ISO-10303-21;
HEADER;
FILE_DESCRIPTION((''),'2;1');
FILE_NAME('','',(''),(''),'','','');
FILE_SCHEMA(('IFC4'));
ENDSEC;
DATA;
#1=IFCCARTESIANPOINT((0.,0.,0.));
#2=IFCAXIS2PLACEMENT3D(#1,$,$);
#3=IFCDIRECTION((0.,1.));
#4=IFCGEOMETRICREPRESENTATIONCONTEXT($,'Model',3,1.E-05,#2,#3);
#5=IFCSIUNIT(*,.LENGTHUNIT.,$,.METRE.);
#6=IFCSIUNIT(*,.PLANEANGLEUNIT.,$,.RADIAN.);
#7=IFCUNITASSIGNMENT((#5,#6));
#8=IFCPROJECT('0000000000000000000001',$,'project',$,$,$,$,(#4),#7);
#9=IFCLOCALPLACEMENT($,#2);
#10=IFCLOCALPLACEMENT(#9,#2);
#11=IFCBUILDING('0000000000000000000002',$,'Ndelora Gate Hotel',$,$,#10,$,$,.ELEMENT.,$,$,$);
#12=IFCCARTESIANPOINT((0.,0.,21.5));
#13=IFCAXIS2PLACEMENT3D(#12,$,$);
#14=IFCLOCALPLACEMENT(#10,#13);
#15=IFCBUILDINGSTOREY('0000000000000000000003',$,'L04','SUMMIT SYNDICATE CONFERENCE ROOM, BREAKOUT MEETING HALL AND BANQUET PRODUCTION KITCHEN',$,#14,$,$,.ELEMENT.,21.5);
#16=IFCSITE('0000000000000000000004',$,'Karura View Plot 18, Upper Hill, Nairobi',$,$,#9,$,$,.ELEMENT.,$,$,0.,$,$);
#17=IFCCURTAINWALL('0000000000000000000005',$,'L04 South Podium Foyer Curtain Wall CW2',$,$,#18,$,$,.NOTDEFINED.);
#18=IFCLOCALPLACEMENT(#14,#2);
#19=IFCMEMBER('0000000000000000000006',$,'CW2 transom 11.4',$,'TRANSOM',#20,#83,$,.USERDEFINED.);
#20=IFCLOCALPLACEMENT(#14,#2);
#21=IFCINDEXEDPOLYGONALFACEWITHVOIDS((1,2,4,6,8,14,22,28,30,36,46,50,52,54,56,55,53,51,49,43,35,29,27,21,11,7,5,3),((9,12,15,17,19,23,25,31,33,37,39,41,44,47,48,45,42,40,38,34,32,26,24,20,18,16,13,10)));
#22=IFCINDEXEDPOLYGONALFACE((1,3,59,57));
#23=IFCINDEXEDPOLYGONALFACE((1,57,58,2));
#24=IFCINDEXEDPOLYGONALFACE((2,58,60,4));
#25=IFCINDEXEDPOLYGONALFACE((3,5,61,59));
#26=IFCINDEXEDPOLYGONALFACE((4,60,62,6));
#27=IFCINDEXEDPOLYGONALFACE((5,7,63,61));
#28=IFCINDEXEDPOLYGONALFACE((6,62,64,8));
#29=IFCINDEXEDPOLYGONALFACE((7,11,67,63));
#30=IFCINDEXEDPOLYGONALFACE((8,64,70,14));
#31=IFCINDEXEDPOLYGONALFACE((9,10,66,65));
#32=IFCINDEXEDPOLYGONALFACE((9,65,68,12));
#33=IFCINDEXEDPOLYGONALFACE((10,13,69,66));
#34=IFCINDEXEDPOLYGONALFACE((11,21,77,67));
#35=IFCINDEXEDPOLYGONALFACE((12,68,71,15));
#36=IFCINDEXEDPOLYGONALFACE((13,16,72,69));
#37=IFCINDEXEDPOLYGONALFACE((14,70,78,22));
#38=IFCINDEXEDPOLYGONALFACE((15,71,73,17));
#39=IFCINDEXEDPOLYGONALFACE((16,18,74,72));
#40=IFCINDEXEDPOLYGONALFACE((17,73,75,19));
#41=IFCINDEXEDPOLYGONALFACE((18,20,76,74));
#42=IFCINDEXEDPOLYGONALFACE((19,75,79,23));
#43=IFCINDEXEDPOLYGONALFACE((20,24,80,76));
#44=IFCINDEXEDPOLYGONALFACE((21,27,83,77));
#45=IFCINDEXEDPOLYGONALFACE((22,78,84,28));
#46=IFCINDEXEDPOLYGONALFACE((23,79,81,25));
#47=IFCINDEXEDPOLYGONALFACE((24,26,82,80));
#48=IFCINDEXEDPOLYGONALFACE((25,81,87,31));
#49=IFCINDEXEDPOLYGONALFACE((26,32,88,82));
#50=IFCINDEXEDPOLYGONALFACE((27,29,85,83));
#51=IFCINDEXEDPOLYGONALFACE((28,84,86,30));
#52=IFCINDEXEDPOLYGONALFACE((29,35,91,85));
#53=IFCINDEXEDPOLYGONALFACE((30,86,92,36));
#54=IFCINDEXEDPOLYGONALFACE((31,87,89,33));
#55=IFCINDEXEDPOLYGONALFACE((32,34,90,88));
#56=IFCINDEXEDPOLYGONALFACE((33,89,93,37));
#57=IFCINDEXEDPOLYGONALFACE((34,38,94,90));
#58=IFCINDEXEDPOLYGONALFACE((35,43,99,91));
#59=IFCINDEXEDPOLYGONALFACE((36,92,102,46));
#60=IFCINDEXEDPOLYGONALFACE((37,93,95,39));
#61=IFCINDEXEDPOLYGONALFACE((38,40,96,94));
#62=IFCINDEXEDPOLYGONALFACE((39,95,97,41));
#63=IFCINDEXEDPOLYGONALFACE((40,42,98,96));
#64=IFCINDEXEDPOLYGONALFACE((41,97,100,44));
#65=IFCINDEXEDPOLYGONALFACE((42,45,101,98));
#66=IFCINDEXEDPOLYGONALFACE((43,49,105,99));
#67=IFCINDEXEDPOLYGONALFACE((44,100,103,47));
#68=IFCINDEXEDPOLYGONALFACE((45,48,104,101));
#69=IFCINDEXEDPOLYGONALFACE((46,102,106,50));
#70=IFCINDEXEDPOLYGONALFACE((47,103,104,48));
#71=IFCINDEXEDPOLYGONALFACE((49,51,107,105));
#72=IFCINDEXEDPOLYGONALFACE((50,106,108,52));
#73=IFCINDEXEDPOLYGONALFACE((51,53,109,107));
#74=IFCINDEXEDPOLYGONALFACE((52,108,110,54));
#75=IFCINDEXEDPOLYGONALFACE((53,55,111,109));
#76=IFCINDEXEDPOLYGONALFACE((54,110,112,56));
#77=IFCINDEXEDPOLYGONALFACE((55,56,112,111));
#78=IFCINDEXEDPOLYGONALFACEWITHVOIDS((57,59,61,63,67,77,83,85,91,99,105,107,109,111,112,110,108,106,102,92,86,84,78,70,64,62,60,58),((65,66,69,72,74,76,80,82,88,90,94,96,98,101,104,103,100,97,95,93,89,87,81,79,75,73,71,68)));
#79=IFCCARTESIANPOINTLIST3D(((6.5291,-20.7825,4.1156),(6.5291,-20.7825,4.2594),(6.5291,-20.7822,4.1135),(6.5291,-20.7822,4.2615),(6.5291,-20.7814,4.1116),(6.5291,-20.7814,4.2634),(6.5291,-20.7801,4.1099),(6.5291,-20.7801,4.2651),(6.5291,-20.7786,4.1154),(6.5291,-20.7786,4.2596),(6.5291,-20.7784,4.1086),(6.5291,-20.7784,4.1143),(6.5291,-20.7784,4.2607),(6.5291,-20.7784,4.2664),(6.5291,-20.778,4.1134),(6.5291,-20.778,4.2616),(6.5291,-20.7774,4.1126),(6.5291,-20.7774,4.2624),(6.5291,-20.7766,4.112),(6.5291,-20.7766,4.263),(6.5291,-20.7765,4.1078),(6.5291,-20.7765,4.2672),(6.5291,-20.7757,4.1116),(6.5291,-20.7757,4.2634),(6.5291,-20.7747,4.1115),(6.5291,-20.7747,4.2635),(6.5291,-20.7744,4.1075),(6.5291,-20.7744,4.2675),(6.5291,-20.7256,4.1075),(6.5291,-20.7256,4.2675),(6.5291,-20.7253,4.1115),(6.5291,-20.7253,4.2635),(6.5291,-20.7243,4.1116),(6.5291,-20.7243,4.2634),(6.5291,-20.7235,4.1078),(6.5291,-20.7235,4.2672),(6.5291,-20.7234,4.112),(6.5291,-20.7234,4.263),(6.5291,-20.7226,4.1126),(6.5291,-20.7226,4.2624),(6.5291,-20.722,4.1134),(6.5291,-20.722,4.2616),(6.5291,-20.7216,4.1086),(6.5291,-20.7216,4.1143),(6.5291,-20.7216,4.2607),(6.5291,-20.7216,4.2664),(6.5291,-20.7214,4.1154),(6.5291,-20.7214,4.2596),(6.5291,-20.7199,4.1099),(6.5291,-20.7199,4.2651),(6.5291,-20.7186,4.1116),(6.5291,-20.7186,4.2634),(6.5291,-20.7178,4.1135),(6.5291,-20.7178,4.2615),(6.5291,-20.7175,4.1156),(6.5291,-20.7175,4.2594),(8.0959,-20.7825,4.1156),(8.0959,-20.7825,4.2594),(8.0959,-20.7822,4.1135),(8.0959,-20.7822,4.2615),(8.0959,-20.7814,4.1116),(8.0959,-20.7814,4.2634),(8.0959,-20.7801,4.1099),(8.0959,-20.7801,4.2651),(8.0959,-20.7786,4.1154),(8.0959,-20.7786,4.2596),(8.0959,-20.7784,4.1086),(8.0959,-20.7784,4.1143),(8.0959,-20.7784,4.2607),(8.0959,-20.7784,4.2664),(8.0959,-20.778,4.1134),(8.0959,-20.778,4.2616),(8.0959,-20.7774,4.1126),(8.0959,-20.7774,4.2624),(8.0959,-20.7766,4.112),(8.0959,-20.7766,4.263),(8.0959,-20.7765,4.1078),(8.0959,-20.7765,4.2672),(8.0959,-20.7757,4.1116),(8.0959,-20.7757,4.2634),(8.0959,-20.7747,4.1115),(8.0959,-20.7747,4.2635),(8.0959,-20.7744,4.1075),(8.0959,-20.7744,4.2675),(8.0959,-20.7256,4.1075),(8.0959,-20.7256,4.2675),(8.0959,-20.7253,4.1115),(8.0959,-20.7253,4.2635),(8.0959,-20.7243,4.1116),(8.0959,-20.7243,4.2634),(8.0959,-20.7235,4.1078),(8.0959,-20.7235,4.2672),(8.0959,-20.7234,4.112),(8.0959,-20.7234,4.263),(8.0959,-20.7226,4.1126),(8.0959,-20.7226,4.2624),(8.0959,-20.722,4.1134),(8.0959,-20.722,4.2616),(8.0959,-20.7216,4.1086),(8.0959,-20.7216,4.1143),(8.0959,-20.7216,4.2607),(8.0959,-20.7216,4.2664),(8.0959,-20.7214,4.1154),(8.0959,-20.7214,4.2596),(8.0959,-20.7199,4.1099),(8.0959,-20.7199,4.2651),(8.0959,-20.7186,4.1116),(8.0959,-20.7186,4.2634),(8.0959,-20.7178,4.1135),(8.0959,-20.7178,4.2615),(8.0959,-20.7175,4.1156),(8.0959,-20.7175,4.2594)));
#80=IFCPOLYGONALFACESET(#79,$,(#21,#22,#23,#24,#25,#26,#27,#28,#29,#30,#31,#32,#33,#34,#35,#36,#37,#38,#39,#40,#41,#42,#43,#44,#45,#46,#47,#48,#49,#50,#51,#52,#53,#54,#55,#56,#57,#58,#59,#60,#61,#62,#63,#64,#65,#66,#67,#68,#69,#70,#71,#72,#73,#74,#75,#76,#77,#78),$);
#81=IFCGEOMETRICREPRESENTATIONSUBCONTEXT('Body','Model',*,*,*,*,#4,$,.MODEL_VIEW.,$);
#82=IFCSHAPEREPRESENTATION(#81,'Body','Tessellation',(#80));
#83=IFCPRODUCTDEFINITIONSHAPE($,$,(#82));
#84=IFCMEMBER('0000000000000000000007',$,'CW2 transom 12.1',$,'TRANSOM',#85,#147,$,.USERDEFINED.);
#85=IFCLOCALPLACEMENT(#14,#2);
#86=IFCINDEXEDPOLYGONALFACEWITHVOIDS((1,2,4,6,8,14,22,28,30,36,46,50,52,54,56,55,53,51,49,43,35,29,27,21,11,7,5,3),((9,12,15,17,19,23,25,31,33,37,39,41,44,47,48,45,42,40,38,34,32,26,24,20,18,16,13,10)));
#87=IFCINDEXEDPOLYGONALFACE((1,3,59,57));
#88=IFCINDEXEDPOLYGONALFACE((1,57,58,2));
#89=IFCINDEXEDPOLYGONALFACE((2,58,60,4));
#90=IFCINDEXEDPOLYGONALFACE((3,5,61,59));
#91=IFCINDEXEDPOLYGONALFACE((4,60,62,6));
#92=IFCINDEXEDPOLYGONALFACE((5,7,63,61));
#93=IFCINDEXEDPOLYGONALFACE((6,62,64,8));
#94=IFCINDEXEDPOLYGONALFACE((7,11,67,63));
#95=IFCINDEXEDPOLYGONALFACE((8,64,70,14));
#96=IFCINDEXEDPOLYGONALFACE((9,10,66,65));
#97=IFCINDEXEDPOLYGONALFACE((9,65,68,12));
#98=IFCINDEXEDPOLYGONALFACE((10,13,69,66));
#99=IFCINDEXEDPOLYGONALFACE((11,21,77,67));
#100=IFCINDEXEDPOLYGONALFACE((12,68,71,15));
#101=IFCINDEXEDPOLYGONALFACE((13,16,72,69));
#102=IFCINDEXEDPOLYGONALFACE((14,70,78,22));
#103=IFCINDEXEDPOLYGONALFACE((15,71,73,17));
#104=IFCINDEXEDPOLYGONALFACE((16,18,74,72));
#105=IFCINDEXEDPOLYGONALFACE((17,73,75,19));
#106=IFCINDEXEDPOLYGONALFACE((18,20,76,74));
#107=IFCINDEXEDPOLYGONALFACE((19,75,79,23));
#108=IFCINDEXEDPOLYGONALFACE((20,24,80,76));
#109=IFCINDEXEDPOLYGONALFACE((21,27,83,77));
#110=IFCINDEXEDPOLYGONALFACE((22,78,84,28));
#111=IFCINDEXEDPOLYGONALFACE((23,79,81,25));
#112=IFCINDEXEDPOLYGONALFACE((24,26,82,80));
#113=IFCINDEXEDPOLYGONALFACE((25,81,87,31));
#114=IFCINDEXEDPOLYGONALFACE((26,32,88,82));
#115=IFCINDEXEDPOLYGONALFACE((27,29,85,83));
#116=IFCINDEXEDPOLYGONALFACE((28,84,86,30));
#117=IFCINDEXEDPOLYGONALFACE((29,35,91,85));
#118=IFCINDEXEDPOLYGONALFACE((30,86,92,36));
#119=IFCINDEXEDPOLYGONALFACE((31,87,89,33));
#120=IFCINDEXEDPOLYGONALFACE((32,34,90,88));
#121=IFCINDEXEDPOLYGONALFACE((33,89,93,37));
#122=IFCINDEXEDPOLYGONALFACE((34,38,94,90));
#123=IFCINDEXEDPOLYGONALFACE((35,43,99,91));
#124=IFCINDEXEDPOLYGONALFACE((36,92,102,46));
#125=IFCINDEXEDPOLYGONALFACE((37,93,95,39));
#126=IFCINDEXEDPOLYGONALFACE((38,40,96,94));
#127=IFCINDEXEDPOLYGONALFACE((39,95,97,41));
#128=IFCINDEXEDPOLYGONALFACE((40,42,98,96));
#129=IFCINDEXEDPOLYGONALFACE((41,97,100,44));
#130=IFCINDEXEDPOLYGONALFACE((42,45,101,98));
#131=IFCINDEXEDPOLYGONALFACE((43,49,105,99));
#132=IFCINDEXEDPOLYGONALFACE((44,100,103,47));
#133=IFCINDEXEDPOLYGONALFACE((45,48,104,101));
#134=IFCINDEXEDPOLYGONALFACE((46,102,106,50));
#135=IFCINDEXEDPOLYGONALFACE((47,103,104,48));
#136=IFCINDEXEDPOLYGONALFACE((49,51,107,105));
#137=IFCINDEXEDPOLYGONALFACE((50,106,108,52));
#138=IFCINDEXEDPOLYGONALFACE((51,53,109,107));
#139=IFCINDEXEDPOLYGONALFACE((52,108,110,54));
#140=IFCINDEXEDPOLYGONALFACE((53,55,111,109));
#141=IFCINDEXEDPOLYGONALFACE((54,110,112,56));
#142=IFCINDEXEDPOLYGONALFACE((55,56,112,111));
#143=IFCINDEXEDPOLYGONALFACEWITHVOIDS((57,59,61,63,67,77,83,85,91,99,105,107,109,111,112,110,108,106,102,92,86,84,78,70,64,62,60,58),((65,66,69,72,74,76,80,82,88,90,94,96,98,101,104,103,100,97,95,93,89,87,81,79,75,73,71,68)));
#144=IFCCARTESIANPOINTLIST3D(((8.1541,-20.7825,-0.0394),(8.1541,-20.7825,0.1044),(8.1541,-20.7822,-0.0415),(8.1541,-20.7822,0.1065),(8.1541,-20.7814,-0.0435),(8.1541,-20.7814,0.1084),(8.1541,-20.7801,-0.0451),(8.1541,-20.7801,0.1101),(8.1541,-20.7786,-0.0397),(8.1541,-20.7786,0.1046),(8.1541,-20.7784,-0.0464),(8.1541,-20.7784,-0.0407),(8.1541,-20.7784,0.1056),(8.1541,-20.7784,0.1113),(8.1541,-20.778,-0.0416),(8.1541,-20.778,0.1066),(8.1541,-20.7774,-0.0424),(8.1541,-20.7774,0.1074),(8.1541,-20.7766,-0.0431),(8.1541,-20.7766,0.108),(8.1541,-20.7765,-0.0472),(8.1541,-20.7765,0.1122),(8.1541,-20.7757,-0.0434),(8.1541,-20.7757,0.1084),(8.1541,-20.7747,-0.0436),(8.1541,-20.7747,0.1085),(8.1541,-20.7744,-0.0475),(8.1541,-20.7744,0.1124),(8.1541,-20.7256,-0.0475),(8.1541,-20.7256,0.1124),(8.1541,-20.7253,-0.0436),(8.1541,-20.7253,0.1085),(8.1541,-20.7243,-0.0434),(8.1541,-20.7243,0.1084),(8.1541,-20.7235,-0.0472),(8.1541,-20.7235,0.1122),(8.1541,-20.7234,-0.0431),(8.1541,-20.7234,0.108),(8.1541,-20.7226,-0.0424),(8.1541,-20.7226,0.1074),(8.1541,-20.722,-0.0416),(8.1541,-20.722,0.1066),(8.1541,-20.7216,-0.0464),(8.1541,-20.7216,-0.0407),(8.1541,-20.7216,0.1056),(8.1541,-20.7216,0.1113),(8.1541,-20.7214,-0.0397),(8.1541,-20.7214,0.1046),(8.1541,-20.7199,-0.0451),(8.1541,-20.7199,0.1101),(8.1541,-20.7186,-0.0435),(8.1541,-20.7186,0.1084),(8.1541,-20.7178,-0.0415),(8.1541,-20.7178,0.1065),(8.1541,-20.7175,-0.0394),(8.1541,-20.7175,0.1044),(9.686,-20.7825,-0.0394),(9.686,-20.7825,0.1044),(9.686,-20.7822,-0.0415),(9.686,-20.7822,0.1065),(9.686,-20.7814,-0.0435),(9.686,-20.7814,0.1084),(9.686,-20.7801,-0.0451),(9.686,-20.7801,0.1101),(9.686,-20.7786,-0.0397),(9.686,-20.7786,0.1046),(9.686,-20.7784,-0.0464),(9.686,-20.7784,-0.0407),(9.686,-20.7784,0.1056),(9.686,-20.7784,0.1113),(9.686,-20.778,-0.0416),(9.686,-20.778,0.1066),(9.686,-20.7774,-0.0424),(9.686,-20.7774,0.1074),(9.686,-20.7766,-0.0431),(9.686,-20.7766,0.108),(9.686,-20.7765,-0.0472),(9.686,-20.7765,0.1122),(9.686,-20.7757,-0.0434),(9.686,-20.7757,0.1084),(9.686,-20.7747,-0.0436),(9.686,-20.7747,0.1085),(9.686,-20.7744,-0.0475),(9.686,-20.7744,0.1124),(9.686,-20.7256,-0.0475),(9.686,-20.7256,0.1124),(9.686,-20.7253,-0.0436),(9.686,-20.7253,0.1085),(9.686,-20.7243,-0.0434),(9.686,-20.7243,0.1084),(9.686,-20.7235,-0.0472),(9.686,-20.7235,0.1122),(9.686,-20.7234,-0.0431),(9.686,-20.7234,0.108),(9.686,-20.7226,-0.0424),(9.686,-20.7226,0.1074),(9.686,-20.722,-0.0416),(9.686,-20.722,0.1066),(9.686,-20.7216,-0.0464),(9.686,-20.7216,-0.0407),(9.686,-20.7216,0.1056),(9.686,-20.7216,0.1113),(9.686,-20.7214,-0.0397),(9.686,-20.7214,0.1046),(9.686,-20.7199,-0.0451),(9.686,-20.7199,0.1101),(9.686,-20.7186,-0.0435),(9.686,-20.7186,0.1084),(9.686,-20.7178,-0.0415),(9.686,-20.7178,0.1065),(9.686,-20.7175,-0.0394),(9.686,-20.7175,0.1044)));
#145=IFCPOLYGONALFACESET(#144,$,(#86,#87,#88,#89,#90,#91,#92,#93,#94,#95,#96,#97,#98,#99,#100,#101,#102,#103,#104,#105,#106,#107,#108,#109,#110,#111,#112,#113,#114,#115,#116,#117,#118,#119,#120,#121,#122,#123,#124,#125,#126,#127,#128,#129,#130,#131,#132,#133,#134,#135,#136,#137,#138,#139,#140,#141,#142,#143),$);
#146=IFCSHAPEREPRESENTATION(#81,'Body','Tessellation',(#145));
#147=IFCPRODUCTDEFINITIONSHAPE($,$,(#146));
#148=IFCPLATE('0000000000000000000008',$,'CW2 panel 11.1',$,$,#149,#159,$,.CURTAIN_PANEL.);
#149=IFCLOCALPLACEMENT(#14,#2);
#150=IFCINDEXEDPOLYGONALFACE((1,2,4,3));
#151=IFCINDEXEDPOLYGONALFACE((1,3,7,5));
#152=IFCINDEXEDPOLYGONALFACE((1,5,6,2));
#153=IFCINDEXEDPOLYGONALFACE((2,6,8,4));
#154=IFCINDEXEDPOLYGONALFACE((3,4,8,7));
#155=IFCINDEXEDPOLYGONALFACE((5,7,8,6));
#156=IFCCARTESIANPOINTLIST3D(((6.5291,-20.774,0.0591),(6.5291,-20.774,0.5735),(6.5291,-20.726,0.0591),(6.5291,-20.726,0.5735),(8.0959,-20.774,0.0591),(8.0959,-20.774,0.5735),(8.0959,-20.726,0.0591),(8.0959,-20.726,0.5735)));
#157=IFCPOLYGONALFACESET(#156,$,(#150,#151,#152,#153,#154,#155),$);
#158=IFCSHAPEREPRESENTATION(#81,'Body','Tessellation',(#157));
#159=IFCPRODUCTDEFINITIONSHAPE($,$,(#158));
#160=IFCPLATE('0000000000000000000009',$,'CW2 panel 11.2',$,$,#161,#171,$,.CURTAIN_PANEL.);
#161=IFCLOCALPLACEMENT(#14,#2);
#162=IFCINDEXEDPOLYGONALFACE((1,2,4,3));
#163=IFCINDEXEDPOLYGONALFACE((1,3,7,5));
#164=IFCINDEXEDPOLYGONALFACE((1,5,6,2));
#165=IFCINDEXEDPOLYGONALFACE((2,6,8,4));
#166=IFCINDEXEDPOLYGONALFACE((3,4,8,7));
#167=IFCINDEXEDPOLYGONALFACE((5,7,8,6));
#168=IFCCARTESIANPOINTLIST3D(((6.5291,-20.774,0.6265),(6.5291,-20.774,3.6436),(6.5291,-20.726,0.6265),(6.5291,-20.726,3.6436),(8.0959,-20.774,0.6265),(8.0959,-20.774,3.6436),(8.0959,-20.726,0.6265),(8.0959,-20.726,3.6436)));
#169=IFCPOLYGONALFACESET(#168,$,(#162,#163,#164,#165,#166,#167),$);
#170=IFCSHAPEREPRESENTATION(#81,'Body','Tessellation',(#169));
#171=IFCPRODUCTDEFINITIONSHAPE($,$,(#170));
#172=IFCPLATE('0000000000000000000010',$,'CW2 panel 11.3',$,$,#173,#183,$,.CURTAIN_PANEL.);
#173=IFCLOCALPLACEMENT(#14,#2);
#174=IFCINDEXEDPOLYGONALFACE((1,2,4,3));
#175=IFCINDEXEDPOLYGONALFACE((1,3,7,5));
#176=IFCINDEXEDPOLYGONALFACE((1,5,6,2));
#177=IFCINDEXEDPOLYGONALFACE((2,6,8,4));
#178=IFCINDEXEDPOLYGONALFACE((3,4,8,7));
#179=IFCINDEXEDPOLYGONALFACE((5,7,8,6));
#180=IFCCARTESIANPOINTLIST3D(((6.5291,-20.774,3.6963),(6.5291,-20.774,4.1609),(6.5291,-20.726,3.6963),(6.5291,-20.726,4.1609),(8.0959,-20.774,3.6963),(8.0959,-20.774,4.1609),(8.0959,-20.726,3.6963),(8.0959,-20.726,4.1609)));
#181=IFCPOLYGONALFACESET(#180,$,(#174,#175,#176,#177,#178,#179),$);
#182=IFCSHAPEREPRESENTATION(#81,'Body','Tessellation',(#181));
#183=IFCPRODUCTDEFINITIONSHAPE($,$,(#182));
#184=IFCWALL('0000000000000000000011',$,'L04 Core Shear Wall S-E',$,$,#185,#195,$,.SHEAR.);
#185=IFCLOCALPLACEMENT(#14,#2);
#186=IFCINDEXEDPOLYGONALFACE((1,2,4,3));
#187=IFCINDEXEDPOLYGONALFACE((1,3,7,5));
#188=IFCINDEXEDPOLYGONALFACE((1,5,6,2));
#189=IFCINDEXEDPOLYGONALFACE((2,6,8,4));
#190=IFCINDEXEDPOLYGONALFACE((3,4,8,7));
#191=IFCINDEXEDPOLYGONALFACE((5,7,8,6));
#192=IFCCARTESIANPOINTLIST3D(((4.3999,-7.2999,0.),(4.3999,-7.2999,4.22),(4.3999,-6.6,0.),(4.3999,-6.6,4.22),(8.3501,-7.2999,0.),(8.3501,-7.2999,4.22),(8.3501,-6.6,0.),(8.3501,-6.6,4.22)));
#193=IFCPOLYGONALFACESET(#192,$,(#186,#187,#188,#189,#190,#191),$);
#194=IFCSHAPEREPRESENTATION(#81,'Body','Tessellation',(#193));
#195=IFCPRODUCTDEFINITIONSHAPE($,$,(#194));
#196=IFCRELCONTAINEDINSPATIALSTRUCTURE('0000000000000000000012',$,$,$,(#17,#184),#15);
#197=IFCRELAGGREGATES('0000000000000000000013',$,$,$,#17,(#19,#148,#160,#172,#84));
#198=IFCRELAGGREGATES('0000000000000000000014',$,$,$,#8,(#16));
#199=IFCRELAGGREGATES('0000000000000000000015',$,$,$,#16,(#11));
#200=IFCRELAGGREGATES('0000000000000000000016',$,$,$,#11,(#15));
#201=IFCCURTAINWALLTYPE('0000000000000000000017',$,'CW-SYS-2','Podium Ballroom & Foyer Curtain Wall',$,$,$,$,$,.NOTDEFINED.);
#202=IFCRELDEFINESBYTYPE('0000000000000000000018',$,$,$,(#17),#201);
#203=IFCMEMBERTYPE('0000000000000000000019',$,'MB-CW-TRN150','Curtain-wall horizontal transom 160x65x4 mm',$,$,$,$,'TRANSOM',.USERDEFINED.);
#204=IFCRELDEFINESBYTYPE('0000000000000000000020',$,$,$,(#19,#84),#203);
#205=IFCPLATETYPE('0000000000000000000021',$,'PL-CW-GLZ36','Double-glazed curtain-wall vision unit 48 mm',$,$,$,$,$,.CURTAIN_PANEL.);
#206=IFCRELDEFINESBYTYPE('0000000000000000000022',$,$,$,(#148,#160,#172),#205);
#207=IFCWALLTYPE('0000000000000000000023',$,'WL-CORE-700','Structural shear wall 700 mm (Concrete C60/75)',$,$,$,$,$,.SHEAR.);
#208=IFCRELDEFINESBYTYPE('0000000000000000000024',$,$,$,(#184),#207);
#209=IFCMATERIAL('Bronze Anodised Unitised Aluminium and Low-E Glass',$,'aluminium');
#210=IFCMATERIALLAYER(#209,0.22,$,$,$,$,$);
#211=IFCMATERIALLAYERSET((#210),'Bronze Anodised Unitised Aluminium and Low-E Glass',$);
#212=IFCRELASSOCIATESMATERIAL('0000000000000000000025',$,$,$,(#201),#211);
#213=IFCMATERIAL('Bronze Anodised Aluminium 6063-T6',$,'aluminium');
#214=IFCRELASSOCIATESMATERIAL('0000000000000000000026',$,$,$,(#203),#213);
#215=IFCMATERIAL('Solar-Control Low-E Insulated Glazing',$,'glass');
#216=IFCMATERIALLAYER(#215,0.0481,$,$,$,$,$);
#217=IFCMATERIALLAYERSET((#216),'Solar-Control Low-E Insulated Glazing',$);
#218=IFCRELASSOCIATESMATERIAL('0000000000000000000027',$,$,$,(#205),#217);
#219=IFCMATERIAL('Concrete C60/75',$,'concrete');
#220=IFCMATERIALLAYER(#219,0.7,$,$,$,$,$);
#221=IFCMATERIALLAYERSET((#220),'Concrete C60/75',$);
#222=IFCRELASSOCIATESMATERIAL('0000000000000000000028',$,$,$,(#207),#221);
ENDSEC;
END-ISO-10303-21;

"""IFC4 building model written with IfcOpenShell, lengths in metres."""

from ifc_helpers import new_model, si_unit, direction, frame, frame_2d, origin, origin_2d, place, context, subcontext, project, spatial, rectangle, hollow_rectangle, extrude, material, layer, layer_set, material_profile, profile_set, type_object, element, aggregate, save


model = new_model("IFC4")

# Units and contexts
model_context = context("Model", 3, precision=1e-05, world=origin(), true_north=direction((0.0, 1.0)))
body_context = subcontext(model_context, "Body", "Model", "MODEL_VIEW")
ifc_project = project(units=[si_unit("LENGTHUNIT", "METRE"), si_unit("PLANEANGLEUNIT", "RADIAN")], contexts=[model_context])

# Site, building, storey
site_placement = place(None, origin())
site = spatial("IfcSite", under=ifc_project, at=site_placement, Name="Karura View Plot 18, Upper Hill, Nairobi", CompositionType="ELEMENT", RefElevation=0.0)
building_placement = place(site_placement, origin())
building = spatial("IfcBuilding", under=site, at=building_placement, Name="Ndelora Gate Hotel", CompositionType="ELEMENT")
storey_placement = place(building_placement, frame((0.0, 0.0, 21.5)))
storey = spatial("IfcBuildingStorey", under=building, at=storey_placement, Name="L04", Description="SUMMIT SYNDICATE CONFERENCE ROOM, BREAKOUT MEETING HALL AND BANQUET PRODUCTION KITCHEN", CompositionType="ELEMENT", Elevation=21.5)

# Shared definitions
ifc_material_1 = material(Name="Concrete C60/75", Category="concrete")

# Curtain wall, members, plates
ifc_material_2 = material(Name="Bronze Anodised Unitised Aluminium and Low-E Glass", Category="aluminium")
ifc_layer_1 = layer(ifc_material_2, 0.22)
ifc_layer_set_1 = layer_set([ifc_layer_1], Name="Bronze Anodised Unitised Aluminium and Low-E Glass")
curtain_wall_type = type_object("IfcCurtainWallType", Name="CW-SYS-2", Description="Podium Ballroom & Foyer Curtain Wall", PredefinedType="NOTDEFINED", material=ifc_layer_set_1)
curtain_wall_placement = place(storey_placement, origin())
curtain_wall = element("IfcCurtainWall", 1, at=curtain_wall_placement, inside=storey, type_object=curtain_wall_type, Name="L04 South Podium Foyer Curtain Wall CW2", PredefinedType="NOTDEFINED")
ifc_material_3 = material(Name="Bronze Anodised Aluminium 6063-T6", Category="aluminium")
ifc_material_profile_1 = material_profile(ifc_material_3, hollow_rectangle(XDim=0.0649, YDim=0.1599, WallThickness=0.0039, InnerFilletRadius=0.0039, OuterFilletRadius=0.0081, at=origin_2d()), Name="ALU 160x65x4")
ifc_profile_set_1 = profile_set([ifc_material_profile_1], Name="Bronze Anodised Aluminium 6063-T6")
member_type_1 = type_object("IfcMemberType", Name="MB-CW-TRN150", Description="Curtain-wall horizontal transom 160x65x4 mm", ElementType="TRANSOM", PredefinedType="USERDEFINED", material=ifc_profile_set_1)
member_1_placement = place(storey_placement, frame((6.5291, -20.75, 4.1875), z_axis=(1.0, 0.0, 0.0), x_axis=(0.0, 1.0, 0.0)))
member_1 = element("IfcMember", 2, at=member_1_placement, type_object=member_type_1, Name="CW2 transom 11.4", ObjectType="TRANSOM", PredefinedType="USERDEFINED", context=body_context, shape_type="SweptSolid", body=[
    extrude(hollow_rectangle(XDim=0.0649, YDim=0.1599, WallThickness=0.0039, InnerFilletRadius=0.0039, OuterFilletRadius=0.0081, at=origin_2d()), origin(), (0.0, 0.0, 1.0), 1.5669),
])
member_2_placement = place(storey_placement, frame((8.1541, -20.75, 0.0325), z_axis=(1.0, 0.0, 0.0), x_axis=(0.0, 1.0, 0.0)))
member_2 = element("IfcMember", 3, at=member_2_placement, type_object=member_type_1, Name="CW2 transom 12.1", ObjectType="TRANSOM", PredefinedType="USERDEFINED", context=body_context, shape_type="SweptSolid", body=[
    extrude(hollow_rectangle(XDim=0.0649, YDim=0.1599, WallThickness=0.0039, InnerFilletRadius=0.0039, OuterFilletRadius=0.0081, at=origin_2d()), origin(), (0.0, 0.0, 1.0), 1.532),
])
ifc_material_4 = material(Name="Solar-Control Low-E Insulated Glazing", Category="glass")
ifc_layer_2 = layer(ifc_material_4, 0.0481)
ifc_layer_set_2 = layer_set([ifc_layer_2], Name="Solar-Control Low-E Insulated Glazing")
plate_type = type_object("IfcPlateType", Name="PL-CW-GLZ36", Description="Double-glazed curtain-wall vision unit 48 mm", PredefinedType="CURTAIN_PANEL", material=ifc_layer_set_2)
plate_1_placement = place(storey_placement, frame((7.3125, -20.75, 0.0591), z_axis=(0.0, 0.0, 1.0), x_axis=(1.0, 0.0, 0.0)))
plate_1 = element("IfcPlate", 4, at=plate_1_placement, type_object=plate_type, Name="CW2 panel 11.1", PredefinedType="CURTAIN_PANEL", context=body_context, shape_type="SweptSolid", body=[
    extrude(rectangle(XDim=1.5669, YDim=0.0481, at=origin_2d()), origin(), (0.0, 0.0, 1.0), 0.5144),
])
plate_2_placement = place(storey_placement, frame((7.3125, -20.75, 0.6265), z_axis=(0.0, 0.0, 1.0), x_axis=(1.0, 0.0, 0.0)))
plate_2 = element("IfcPlate", 5, at=plate_2_placement, type_object=plate_type, Name="CW2 panel 11.2", PredefinedType="CURTAIN_PANEL", context=body_context, shape_type="SweptSolid", body=[
    extrude(rectangle(XDim=1.5669, YDim=0.0481, at=origin_2d()), origin(), (0.0, 0.0, 1.0), 3.0171),
])
plate_3_placement = place(storey_placement, frame((7.3125, -20.75, 3.6963), z_axis=(0.0, 0.0, 1.0), x_axis=(1.0, 0.0, 0.0)))
plate_3 = element("IfcPlate", 6, at=plate_3_placement, type_object=plate_type, Name="CW2 panel 11.3", PredefinedType="CURTAIN_PANEL", context=body_context, shape_type="SweptSolid", body=[
    extrude(rectangle(XDim=1.5669, YDim=0.0481, at=origin_2d()), origin(), (0.0, 0.0, 1.0), 0.4646),
])
aggregate(curtain_wall, [member_1, plate_1, plate_2, plate_3, member_2])

# Wall
ifc_layer_3 = layer(ifc_material_1, 0.7)
ifc_layer_set_3 = layer_set([ifc_layer_3], Name="Concrete C60/75")
wall_type_1 = type_object("IfcWallType", Name="WL-CORE-700", Description="Structural shear wall 700 mm (Concrete C60/75)", PredefinedType="SHEAR", material=ifc_layer_set_3)
wall_1_placement = place(storey_placement, frame((4.3999, -6.95, 0.0), z_axis=(0.0, 0.0, 1.0), x_axis=(1.0, 0.0, 0.0)))
element("IfcWall", 7, at=wall_1_placement, inside=storey, type_object=wall_type_1, Name="L04 Core Shear Wall S-E", PredefinedType="SHEAR", context=body_context, shape_type="SweptSolid", body=[
    extrude(rectangle(XDim=3.9502, YDim=0.7, at=frame_2d((1.9751, 0.0))), origin(), (0.0, 0.0, 1.0), 4.22),
])

save(model, "model.ifc")
